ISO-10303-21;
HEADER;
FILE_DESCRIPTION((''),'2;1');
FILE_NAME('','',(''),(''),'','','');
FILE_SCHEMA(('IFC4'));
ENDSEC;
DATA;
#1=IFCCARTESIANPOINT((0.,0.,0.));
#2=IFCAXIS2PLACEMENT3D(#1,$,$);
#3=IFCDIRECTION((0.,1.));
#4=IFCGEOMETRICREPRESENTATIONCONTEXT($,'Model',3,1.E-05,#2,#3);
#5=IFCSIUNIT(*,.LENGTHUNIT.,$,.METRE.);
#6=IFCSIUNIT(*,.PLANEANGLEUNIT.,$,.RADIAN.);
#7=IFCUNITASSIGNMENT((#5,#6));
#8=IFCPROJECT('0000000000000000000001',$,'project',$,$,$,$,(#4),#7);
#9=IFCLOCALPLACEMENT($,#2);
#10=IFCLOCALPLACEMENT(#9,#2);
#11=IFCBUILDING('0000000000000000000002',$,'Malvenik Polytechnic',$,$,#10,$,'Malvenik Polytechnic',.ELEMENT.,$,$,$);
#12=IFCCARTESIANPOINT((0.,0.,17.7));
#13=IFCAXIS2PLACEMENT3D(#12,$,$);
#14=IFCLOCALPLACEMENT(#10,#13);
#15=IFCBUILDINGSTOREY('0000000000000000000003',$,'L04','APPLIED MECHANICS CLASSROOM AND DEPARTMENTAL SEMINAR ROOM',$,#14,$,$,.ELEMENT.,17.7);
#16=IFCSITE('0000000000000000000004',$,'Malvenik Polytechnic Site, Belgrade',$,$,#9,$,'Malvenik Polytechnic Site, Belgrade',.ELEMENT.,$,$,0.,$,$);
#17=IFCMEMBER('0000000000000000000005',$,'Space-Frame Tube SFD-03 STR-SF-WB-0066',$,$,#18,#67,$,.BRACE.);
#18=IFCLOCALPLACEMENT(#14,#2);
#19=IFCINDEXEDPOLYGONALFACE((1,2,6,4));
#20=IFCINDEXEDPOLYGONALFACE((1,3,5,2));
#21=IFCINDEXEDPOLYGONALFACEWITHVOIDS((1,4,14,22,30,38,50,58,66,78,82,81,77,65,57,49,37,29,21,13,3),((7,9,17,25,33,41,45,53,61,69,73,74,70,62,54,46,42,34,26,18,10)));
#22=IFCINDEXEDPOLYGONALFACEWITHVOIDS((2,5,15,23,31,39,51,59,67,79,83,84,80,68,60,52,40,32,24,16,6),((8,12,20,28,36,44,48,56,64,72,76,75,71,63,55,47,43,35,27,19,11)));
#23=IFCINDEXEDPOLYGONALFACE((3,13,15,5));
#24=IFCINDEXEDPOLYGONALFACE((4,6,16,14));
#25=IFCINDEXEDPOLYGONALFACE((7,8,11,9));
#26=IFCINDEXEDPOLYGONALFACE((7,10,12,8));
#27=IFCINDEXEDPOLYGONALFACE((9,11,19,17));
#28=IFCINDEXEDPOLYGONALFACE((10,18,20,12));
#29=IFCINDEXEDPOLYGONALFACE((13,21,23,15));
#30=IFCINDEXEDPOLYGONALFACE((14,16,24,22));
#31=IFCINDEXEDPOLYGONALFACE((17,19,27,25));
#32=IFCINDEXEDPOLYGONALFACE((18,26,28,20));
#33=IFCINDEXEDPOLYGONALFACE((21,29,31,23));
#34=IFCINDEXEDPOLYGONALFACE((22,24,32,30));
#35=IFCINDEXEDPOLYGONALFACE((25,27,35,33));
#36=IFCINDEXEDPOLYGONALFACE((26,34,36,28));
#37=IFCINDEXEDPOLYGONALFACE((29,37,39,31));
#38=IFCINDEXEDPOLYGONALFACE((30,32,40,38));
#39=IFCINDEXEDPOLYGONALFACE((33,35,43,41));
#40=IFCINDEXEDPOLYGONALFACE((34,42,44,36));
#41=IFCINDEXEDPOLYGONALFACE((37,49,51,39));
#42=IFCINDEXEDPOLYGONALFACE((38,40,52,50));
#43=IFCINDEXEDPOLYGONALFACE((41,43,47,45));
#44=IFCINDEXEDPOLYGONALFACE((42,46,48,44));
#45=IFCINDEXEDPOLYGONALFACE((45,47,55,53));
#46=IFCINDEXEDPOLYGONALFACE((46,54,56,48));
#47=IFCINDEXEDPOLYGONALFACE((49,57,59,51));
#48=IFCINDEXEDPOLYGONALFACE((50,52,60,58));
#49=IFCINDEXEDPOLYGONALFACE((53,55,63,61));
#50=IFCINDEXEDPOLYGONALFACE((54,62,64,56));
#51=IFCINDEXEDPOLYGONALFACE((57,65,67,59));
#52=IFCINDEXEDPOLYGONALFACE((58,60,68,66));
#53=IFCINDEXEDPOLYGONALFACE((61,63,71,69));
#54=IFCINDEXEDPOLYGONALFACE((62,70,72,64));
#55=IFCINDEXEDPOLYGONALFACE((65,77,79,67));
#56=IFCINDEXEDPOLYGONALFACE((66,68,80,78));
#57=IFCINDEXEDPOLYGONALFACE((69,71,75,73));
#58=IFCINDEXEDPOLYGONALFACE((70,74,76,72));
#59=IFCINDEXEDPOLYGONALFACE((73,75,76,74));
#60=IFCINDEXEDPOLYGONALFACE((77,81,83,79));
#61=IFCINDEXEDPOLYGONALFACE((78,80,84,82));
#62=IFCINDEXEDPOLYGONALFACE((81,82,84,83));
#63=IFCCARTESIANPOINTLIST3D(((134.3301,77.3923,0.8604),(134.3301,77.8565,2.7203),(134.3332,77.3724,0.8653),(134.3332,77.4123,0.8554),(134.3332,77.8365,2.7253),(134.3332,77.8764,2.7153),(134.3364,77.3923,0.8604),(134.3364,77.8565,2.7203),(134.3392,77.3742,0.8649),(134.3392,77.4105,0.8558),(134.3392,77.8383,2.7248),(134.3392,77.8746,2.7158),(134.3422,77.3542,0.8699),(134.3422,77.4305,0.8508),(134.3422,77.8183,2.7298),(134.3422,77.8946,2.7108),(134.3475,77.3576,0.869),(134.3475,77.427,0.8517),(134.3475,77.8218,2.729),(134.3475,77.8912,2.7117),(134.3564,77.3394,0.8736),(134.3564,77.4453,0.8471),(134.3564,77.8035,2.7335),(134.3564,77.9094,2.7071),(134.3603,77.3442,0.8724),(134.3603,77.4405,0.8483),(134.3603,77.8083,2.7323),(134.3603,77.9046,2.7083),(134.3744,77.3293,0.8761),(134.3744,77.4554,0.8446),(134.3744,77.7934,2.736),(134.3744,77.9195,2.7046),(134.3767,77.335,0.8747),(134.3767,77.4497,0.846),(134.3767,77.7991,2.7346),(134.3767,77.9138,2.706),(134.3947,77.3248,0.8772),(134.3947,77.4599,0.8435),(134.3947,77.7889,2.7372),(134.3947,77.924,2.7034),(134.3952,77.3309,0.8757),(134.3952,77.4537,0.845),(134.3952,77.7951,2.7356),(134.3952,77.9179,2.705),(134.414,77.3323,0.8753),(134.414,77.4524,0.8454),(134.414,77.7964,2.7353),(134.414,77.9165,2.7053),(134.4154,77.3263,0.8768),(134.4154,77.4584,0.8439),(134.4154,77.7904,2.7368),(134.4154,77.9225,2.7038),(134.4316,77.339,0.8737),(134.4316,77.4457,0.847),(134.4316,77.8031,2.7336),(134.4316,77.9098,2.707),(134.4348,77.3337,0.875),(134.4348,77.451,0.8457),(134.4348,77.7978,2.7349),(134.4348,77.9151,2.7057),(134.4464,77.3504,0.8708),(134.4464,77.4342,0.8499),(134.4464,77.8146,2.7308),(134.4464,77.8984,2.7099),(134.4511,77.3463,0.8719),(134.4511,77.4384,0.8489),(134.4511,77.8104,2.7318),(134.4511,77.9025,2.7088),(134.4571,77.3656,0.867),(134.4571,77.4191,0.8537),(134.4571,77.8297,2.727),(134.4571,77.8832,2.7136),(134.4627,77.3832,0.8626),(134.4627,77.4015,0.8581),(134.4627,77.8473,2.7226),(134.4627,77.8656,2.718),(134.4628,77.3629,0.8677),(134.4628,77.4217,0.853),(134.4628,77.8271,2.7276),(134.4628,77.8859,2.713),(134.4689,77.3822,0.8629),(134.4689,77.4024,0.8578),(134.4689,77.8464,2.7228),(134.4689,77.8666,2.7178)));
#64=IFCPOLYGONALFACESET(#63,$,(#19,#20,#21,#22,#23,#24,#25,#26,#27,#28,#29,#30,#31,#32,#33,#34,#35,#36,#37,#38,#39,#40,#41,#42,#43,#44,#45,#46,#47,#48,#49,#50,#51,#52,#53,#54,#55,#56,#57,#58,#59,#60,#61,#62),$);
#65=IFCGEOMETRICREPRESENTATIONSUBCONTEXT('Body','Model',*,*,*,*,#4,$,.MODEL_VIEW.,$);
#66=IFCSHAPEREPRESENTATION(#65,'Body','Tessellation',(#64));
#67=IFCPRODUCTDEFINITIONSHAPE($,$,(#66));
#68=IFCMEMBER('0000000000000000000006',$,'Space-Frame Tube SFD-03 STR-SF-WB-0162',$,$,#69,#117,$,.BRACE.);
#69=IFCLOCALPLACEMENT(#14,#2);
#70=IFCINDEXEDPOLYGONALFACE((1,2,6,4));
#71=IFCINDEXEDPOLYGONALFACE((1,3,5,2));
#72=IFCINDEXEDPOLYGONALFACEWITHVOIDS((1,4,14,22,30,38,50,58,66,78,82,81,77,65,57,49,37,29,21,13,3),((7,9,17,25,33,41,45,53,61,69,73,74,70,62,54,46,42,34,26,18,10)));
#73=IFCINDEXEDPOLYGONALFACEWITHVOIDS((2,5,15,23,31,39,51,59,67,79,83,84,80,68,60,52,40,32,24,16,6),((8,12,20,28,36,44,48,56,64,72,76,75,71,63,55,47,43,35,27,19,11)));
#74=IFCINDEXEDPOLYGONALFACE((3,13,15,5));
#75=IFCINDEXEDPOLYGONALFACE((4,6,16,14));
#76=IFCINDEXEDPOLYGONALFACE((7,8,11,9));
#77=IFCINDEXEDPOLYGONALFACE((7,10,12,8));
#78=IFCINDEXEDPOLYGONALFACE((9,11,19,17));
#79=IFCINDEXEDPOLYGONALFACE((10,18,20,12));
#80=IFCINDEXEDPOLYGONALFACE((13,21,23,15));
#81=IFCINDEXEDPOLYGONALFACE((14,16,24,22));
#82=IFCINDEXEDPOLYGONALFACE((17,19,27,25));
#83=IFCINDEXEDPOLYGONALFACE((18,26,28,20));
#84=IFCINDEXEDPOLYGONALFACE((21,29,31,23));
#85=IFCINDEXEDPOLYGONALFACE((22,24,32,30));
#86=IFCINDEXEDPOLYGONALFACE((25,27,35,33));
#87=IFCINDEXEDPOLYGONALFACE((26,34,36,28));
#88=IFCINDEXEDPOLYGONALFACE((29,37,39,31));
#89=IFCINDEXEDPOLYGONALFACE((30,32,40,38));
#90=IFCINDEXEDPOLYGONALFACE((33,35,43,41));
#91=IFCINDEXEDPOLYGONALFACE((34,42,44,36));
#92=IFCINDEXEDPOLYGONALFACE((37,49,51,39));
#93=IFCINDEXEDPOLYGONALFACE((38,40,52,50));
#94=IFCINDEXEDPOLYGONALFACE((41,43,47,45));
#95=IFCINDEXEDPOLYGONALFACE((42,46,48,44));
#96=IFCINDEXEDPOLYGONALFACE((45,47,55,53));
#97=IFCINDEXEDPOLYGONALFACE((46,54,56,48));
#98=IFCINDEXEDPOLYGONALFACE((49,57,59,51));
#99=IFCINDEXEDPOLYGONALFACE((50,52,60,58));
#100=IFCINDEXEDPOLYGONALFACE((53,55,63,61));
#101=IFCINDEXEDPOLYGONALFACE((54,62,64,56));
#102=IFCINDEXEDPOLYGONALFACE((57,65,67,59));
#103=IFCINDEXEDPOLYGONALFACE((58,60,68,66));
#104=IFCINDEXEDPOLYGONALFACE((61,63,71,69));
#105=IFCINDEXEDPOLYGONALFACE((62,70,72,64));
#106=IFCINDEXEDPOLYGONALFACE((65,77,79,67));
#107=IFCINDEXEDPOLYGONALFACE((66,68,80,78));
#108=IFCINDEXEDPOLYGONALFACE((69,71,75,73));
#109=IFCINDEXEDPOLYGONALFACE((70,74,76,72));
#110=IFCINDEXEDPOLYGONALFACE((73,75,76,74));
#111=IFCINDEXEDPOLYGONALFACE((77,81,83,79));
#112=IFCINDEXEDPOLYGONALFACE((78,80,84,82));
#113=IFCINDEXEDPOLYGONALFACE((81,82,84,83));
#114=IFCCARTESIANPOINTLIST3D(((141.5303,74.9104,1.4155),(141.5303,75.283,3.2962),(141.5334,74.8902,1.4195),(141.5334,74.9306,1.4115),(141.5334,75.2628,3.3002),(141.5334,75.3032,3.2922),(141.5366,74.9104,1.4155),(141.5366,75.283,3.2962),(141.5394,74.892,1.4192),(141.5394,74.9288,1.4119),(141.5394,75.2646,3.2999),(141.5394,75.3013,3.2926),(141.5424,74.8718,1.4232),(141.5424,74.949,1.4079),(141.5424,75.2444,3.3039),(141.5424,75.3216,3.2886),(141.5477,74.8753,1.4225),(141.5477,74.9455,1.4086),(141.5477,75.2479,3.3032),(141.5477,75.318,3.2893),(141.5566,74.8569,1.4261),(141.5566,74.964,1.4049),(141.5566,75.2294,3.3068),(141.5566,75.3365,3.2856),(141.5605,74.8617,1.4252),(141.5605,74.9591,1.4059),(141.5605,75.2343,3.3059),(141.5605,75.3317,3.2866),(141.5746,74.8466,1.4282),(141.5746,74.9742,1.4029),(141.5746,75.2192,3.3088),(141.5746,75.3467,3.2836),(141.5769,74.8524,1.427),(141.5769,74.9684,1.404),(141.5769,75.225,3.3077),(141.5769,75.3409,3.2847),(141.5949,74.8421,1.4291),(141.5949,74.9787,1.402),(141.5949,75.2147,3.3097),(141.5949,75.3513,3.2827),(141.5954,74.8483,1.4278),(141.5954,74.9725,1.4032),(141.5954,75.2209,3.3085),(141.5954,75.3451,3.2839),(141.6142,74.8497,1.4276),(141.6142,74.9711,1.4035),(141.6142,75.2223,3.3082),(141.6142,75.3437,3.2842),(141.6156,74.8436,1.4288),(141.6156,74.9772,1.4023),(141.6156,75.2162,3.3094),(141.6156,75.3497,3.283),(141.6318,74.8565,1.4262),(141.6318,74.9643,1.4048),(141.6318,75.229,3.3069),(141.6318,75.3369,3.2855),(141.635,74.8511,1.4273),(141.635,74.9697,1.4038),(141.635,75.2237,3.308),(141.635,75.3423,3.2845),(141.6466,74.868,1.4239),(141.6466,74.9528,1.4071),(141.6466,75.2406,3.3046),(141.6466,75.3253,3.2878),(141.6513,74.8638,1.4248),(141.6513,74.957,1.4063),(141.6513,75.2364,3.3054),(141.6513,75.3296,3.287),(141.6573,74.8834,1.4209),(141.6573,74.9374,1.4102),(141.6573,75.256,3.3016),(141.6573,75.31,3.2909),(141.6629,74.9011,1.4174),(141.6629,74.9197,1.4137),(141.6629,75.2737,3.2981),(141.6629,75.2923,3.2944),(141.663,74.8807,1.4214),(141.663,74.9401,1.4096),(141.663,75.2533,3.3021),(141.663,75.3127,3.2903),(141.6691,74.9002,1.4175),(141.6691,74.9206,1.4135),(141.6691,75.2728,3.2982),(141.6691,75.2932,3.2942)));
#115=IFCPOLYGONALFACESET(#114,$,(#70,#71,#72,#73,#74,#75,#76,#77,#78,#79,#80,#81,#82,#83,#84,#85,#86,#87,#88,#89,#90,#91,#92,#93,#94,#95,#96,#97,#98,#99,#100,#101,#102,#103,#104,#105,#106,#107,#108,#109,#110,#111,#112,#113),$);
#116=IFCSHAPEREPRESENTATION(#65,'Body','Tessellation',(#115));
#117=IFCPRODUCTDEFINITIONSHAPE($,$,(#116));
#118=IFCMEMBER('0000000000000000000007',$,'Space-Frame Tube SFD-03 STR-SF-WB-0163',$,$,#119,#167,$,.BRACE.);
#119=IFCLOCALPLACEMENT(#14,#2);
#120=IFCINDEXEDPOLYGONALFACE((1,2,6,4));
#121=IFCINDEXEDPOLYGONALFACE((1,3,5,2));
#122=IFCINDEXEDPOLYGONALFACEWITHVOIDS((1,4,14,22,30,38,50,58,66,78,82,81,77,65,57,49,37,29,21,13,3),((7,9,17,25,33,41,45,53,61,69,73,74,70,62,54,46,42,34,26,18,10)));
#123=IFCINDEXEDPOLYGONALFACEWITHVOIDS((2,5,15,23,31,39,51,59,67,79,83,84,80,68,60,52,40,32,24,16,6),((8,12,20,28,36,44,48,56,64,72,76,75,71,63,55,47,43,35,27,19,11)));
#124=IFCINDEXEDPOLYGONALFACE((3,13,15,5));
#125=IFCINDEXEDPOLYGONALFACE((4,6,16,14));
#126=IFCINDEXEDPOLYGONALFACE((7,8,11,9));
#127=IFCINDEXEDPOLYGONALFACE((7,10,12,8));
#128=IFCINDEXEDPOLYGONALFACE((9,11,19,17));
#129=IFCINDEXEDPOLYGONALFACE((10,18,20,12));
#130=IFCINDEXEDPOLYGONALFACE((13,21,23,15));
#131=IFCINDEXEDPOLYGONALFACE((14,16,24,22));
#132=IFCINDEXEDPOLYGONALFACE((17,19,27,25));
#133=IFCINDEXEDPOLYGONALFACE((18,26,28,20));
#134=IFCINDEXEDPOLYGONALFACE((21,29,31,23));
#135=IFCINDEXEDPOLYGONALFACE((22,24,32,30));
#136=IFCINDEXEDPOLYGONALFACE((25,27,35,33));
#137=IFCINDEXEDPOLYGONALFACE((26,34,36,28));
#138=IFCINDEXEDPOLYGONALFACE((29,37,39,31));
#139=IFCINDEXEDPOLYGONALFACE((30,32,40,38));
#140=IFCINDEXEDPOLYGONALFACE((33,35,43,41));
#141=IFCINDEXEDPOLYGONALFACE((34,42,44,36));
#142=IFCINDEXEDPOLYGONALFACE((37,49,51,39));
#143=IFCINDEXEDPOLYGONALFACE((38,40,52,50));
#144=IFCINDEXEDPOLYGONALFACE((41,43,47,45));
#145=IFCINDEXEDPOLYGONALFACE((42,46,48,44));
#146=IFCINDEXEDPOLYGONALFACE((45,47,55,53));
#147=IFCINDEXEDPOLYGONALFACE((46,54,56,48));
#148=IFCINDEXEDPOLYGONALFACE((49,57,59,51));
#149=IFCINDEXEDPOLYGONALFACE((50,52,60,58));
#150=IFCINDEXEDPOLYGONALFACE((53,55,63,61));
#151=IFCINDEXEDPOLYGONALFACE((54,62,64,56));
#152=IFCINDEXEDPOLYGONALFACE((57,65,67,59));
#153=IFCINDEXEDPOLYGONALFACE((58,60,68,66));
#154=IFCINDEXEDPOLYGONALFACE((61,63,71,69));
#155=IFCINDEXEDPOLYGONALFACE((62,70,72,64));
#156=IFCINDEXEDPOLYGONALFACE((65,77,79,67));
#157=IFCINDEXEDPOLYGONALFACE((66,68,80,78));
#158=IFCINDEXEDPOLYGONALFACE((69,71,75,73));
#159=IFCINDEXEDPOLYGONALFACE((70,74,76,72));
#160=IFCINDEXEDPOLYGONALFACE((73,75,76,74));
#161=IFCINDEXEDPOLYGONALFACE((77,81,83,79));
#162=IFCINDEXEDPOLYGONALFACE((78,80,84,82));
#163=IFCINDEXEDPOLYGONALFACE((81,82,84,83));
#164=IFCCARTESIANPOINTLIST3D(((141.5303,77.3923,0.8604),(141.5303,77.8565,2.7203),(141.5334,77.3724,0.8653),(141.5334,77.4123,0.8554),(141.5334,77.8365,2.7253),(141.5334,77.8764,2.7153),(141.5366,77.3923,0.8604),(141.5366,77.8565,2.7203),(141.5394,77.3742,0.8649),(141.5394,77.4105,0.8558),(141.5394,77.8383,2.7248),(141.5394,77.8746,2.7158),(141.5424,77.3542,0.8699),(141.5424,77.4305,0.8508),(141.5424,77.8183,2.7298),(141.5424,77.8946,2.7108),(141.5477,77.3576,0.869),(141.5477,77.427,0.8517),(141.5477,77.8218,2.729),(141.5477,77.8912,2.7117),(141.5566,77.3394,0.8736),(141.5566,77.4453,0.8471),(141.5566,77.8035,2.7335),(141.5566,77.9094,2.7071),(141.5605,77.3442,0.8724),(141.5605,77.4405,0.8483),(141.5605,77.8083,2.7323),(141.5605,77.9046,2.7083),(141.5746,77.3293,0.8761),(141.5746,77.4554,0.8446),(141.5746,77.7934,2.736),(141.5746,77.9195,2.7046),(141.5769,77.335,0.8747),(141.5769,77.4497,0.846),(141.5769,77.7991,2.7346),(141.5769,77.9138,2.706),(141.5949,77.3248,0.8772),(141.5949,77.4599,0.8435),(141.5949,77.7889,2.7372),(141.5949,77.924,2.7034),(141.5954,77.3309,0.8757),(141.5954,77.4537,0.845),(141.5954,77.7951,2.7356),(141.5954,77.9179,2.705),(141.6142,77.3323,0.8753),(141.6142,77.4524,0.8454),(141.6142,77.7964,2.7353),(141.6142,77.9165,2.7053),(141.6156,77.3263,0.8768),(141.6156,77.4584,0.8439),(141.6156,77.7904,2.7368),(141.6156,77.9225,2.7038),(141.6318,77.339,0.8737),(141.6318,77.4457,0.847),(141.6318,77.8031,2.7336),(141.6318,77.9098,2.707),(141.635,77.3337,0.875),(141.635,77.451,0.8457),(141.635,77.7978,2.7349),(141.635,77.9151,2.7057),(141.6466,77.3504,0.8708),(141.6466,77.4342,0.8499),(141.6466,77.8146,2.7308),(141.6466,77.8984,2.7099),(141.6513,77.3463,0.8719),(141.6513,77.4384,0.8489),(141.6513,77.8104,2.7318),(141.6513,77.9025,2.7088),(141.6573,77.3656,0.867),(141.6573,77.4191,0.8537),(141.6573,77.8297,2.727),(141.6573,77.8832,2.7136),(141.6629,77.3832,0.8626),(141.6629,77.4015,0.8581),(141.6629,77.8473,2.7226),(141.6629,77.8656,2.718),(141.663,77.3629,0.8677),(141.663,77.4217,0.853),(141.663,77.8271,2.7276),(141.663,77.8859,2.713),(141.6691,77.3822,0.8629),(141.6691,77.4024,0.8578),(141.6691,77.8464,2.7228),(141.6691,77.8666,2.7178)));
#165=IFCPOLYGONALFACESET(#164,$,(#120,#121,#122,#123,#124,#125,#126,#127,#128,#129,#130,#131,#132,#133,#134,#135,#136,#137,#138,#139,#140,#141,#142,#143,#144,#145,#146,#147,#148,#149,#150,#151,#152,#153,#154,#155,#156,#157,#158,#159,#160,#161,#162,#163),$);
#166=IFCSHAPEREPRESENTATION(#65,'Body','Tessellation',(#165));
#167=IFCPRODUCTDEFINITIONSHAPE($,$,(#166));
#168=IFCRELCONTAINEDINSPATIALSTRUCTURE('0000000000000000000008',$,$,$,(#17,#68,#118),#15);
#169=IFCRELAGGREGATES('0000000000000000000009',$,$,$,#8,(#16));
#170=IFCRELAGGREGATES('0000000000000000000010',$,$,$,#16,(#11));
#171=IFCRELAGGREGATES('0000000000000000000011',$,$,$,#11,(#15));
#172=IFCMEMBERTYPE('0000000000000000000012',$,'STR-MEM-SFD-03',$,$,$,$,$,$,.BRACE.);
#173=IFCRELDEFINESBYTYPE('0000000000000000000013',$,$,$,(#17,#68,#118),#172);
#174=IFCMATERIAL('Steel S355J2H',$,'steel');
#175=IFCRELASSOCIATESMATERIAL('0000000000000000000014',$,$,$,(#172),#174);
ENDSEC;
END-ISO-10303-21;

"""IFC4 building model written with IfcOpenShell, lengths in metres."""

from ifc_helpers import new_model, si_unit, direction, frame, origin, origin_2d, place, context, subcontext, project, spatial, hollow_circle, extrude, material, material_profile, profile_set, type_object, element, save


model = new_model("IFC4")

# Units and contexts
model_context = context("Model", 3, precision=1e-05, world=origin(), true_north=direction((0.0, 1.0)))
body_context = subcontext(model_context, "Body", "Model", "MODEL_VIEW")
ifc_project = project(units=[si_unit("LENGTHUNIT", "METRE"), si_unit("PLANEANGLEUNIT", "RADIAN")], contexts=[model_context])

# Site, building, storey
site_placement = place(None, origin())
site = spatial("IfcSite", under=ifc_project, at=site_placement, Name="Malvenik Polytechnic Site, Belgrade", LongName="Malvenik Polytechnic Site, Belgrade", CompositionType="ELEMENT", RefElevation=0.0)
building_placement = place(site_placement, origin())
building = spatial("IfcBuilding", under=site, at=building_placement, Name="Malvenik Polytechnic", LongName="Malvenik Polytechnic", CompositionType="ELEMENT")
storey_placement = place(building_placement, frame((0.0, 0.0, 17.7)))
storey = spatial("IfcBuildingStorey", under=building, at=storey_placement, Name="L04", Description="APPLIED MECHANICS CLASSROOM AND DEPARTMENTAL SEMINAR ROOM", CompositionType="ELEMENT", Elevation=17.7)

# Members
ifc_material = material(Name="Steel S355J2H", Category="steel")
ifc_material_profile_1 = material_profile(ifc_material, hollow_circle(Radius=0.0698, WallThickness=0.0063, at=origin_2d()), Name="CHS 139.7x6.3")
ifc_profile_set_1 = profile_set([ifc_material_profile_1], Name="Steel S355J2H")
member_type_1 = type_object("IfcMemberType", Name="STR-MEM-SFD-03", PredefinedType="BRACE", material=ifc_profile_set_1)
member_1_placement = place(storey_placement, frame((134.3999, 77.3923, 0.8604), z_axis=(0.0, 0.242116, 0.970247), x_axis=(-1.0, 0.0, 0.0)))
element("IfcMember", 1, at=member_1_placement, inside=storey, type_object=member_type_1, Name="Space-Frame Tube SFD-03 STR-SF-WB-0066", PredefinedType="BRACE", context=body_context, shape_type="SweptSolid", body=[
    extrude(hollow_circle(Radius=0.0698, WallThickness=0.0063, at=origin_2d()), origin(), (0.0, 0.0, 1.0), 1.917),
])
member_2_placement = place(storey_placement, frame((141.6001, 74.9104, 1.4155), z_axis=(0.0, 0.194328, 0.980937), x_axis=(-1.0, 0.0, 0.0)))
element("IfcMember", 2, at=member_2_placement, inside=storey, type_object=member_type_1, Name="Space-Frame Tube SFD-03 STR-SF-WB-0162", PredefinedType="BRACE", context=body_context, shape_type="SweptSolid", body=[
    extrude(hollow_circle(Radius=0.0698, WallThickness=0.0063, at=origin_2d()), origin(), (0.0, 0.0, 1.0), 1.9172),
])
member_3_placement = place(storey_placement, frame((141.6001, 77.3923, 0.8604), z_axis=(0.0, 0.242116, 0.970247), x_axis=(-1.0, 0.0, 0.0)))
element("IfcMember", 3, at=member_3_placement, inside=storey, type_object=member_type_1, Name="Space-Frame Tube SFD-03 STR-SF-WB-0163", PredefinedType="BRACE", context=body_context, shape_type="SweptSolid", body=[
    extrude(hollow_circle(Radius=0.0698, WallThickness=0.0063, at=origin_2d()), origin(), (0.0, 0.0, 1.0), 1.917),
])

save(model, "model.ifc")
